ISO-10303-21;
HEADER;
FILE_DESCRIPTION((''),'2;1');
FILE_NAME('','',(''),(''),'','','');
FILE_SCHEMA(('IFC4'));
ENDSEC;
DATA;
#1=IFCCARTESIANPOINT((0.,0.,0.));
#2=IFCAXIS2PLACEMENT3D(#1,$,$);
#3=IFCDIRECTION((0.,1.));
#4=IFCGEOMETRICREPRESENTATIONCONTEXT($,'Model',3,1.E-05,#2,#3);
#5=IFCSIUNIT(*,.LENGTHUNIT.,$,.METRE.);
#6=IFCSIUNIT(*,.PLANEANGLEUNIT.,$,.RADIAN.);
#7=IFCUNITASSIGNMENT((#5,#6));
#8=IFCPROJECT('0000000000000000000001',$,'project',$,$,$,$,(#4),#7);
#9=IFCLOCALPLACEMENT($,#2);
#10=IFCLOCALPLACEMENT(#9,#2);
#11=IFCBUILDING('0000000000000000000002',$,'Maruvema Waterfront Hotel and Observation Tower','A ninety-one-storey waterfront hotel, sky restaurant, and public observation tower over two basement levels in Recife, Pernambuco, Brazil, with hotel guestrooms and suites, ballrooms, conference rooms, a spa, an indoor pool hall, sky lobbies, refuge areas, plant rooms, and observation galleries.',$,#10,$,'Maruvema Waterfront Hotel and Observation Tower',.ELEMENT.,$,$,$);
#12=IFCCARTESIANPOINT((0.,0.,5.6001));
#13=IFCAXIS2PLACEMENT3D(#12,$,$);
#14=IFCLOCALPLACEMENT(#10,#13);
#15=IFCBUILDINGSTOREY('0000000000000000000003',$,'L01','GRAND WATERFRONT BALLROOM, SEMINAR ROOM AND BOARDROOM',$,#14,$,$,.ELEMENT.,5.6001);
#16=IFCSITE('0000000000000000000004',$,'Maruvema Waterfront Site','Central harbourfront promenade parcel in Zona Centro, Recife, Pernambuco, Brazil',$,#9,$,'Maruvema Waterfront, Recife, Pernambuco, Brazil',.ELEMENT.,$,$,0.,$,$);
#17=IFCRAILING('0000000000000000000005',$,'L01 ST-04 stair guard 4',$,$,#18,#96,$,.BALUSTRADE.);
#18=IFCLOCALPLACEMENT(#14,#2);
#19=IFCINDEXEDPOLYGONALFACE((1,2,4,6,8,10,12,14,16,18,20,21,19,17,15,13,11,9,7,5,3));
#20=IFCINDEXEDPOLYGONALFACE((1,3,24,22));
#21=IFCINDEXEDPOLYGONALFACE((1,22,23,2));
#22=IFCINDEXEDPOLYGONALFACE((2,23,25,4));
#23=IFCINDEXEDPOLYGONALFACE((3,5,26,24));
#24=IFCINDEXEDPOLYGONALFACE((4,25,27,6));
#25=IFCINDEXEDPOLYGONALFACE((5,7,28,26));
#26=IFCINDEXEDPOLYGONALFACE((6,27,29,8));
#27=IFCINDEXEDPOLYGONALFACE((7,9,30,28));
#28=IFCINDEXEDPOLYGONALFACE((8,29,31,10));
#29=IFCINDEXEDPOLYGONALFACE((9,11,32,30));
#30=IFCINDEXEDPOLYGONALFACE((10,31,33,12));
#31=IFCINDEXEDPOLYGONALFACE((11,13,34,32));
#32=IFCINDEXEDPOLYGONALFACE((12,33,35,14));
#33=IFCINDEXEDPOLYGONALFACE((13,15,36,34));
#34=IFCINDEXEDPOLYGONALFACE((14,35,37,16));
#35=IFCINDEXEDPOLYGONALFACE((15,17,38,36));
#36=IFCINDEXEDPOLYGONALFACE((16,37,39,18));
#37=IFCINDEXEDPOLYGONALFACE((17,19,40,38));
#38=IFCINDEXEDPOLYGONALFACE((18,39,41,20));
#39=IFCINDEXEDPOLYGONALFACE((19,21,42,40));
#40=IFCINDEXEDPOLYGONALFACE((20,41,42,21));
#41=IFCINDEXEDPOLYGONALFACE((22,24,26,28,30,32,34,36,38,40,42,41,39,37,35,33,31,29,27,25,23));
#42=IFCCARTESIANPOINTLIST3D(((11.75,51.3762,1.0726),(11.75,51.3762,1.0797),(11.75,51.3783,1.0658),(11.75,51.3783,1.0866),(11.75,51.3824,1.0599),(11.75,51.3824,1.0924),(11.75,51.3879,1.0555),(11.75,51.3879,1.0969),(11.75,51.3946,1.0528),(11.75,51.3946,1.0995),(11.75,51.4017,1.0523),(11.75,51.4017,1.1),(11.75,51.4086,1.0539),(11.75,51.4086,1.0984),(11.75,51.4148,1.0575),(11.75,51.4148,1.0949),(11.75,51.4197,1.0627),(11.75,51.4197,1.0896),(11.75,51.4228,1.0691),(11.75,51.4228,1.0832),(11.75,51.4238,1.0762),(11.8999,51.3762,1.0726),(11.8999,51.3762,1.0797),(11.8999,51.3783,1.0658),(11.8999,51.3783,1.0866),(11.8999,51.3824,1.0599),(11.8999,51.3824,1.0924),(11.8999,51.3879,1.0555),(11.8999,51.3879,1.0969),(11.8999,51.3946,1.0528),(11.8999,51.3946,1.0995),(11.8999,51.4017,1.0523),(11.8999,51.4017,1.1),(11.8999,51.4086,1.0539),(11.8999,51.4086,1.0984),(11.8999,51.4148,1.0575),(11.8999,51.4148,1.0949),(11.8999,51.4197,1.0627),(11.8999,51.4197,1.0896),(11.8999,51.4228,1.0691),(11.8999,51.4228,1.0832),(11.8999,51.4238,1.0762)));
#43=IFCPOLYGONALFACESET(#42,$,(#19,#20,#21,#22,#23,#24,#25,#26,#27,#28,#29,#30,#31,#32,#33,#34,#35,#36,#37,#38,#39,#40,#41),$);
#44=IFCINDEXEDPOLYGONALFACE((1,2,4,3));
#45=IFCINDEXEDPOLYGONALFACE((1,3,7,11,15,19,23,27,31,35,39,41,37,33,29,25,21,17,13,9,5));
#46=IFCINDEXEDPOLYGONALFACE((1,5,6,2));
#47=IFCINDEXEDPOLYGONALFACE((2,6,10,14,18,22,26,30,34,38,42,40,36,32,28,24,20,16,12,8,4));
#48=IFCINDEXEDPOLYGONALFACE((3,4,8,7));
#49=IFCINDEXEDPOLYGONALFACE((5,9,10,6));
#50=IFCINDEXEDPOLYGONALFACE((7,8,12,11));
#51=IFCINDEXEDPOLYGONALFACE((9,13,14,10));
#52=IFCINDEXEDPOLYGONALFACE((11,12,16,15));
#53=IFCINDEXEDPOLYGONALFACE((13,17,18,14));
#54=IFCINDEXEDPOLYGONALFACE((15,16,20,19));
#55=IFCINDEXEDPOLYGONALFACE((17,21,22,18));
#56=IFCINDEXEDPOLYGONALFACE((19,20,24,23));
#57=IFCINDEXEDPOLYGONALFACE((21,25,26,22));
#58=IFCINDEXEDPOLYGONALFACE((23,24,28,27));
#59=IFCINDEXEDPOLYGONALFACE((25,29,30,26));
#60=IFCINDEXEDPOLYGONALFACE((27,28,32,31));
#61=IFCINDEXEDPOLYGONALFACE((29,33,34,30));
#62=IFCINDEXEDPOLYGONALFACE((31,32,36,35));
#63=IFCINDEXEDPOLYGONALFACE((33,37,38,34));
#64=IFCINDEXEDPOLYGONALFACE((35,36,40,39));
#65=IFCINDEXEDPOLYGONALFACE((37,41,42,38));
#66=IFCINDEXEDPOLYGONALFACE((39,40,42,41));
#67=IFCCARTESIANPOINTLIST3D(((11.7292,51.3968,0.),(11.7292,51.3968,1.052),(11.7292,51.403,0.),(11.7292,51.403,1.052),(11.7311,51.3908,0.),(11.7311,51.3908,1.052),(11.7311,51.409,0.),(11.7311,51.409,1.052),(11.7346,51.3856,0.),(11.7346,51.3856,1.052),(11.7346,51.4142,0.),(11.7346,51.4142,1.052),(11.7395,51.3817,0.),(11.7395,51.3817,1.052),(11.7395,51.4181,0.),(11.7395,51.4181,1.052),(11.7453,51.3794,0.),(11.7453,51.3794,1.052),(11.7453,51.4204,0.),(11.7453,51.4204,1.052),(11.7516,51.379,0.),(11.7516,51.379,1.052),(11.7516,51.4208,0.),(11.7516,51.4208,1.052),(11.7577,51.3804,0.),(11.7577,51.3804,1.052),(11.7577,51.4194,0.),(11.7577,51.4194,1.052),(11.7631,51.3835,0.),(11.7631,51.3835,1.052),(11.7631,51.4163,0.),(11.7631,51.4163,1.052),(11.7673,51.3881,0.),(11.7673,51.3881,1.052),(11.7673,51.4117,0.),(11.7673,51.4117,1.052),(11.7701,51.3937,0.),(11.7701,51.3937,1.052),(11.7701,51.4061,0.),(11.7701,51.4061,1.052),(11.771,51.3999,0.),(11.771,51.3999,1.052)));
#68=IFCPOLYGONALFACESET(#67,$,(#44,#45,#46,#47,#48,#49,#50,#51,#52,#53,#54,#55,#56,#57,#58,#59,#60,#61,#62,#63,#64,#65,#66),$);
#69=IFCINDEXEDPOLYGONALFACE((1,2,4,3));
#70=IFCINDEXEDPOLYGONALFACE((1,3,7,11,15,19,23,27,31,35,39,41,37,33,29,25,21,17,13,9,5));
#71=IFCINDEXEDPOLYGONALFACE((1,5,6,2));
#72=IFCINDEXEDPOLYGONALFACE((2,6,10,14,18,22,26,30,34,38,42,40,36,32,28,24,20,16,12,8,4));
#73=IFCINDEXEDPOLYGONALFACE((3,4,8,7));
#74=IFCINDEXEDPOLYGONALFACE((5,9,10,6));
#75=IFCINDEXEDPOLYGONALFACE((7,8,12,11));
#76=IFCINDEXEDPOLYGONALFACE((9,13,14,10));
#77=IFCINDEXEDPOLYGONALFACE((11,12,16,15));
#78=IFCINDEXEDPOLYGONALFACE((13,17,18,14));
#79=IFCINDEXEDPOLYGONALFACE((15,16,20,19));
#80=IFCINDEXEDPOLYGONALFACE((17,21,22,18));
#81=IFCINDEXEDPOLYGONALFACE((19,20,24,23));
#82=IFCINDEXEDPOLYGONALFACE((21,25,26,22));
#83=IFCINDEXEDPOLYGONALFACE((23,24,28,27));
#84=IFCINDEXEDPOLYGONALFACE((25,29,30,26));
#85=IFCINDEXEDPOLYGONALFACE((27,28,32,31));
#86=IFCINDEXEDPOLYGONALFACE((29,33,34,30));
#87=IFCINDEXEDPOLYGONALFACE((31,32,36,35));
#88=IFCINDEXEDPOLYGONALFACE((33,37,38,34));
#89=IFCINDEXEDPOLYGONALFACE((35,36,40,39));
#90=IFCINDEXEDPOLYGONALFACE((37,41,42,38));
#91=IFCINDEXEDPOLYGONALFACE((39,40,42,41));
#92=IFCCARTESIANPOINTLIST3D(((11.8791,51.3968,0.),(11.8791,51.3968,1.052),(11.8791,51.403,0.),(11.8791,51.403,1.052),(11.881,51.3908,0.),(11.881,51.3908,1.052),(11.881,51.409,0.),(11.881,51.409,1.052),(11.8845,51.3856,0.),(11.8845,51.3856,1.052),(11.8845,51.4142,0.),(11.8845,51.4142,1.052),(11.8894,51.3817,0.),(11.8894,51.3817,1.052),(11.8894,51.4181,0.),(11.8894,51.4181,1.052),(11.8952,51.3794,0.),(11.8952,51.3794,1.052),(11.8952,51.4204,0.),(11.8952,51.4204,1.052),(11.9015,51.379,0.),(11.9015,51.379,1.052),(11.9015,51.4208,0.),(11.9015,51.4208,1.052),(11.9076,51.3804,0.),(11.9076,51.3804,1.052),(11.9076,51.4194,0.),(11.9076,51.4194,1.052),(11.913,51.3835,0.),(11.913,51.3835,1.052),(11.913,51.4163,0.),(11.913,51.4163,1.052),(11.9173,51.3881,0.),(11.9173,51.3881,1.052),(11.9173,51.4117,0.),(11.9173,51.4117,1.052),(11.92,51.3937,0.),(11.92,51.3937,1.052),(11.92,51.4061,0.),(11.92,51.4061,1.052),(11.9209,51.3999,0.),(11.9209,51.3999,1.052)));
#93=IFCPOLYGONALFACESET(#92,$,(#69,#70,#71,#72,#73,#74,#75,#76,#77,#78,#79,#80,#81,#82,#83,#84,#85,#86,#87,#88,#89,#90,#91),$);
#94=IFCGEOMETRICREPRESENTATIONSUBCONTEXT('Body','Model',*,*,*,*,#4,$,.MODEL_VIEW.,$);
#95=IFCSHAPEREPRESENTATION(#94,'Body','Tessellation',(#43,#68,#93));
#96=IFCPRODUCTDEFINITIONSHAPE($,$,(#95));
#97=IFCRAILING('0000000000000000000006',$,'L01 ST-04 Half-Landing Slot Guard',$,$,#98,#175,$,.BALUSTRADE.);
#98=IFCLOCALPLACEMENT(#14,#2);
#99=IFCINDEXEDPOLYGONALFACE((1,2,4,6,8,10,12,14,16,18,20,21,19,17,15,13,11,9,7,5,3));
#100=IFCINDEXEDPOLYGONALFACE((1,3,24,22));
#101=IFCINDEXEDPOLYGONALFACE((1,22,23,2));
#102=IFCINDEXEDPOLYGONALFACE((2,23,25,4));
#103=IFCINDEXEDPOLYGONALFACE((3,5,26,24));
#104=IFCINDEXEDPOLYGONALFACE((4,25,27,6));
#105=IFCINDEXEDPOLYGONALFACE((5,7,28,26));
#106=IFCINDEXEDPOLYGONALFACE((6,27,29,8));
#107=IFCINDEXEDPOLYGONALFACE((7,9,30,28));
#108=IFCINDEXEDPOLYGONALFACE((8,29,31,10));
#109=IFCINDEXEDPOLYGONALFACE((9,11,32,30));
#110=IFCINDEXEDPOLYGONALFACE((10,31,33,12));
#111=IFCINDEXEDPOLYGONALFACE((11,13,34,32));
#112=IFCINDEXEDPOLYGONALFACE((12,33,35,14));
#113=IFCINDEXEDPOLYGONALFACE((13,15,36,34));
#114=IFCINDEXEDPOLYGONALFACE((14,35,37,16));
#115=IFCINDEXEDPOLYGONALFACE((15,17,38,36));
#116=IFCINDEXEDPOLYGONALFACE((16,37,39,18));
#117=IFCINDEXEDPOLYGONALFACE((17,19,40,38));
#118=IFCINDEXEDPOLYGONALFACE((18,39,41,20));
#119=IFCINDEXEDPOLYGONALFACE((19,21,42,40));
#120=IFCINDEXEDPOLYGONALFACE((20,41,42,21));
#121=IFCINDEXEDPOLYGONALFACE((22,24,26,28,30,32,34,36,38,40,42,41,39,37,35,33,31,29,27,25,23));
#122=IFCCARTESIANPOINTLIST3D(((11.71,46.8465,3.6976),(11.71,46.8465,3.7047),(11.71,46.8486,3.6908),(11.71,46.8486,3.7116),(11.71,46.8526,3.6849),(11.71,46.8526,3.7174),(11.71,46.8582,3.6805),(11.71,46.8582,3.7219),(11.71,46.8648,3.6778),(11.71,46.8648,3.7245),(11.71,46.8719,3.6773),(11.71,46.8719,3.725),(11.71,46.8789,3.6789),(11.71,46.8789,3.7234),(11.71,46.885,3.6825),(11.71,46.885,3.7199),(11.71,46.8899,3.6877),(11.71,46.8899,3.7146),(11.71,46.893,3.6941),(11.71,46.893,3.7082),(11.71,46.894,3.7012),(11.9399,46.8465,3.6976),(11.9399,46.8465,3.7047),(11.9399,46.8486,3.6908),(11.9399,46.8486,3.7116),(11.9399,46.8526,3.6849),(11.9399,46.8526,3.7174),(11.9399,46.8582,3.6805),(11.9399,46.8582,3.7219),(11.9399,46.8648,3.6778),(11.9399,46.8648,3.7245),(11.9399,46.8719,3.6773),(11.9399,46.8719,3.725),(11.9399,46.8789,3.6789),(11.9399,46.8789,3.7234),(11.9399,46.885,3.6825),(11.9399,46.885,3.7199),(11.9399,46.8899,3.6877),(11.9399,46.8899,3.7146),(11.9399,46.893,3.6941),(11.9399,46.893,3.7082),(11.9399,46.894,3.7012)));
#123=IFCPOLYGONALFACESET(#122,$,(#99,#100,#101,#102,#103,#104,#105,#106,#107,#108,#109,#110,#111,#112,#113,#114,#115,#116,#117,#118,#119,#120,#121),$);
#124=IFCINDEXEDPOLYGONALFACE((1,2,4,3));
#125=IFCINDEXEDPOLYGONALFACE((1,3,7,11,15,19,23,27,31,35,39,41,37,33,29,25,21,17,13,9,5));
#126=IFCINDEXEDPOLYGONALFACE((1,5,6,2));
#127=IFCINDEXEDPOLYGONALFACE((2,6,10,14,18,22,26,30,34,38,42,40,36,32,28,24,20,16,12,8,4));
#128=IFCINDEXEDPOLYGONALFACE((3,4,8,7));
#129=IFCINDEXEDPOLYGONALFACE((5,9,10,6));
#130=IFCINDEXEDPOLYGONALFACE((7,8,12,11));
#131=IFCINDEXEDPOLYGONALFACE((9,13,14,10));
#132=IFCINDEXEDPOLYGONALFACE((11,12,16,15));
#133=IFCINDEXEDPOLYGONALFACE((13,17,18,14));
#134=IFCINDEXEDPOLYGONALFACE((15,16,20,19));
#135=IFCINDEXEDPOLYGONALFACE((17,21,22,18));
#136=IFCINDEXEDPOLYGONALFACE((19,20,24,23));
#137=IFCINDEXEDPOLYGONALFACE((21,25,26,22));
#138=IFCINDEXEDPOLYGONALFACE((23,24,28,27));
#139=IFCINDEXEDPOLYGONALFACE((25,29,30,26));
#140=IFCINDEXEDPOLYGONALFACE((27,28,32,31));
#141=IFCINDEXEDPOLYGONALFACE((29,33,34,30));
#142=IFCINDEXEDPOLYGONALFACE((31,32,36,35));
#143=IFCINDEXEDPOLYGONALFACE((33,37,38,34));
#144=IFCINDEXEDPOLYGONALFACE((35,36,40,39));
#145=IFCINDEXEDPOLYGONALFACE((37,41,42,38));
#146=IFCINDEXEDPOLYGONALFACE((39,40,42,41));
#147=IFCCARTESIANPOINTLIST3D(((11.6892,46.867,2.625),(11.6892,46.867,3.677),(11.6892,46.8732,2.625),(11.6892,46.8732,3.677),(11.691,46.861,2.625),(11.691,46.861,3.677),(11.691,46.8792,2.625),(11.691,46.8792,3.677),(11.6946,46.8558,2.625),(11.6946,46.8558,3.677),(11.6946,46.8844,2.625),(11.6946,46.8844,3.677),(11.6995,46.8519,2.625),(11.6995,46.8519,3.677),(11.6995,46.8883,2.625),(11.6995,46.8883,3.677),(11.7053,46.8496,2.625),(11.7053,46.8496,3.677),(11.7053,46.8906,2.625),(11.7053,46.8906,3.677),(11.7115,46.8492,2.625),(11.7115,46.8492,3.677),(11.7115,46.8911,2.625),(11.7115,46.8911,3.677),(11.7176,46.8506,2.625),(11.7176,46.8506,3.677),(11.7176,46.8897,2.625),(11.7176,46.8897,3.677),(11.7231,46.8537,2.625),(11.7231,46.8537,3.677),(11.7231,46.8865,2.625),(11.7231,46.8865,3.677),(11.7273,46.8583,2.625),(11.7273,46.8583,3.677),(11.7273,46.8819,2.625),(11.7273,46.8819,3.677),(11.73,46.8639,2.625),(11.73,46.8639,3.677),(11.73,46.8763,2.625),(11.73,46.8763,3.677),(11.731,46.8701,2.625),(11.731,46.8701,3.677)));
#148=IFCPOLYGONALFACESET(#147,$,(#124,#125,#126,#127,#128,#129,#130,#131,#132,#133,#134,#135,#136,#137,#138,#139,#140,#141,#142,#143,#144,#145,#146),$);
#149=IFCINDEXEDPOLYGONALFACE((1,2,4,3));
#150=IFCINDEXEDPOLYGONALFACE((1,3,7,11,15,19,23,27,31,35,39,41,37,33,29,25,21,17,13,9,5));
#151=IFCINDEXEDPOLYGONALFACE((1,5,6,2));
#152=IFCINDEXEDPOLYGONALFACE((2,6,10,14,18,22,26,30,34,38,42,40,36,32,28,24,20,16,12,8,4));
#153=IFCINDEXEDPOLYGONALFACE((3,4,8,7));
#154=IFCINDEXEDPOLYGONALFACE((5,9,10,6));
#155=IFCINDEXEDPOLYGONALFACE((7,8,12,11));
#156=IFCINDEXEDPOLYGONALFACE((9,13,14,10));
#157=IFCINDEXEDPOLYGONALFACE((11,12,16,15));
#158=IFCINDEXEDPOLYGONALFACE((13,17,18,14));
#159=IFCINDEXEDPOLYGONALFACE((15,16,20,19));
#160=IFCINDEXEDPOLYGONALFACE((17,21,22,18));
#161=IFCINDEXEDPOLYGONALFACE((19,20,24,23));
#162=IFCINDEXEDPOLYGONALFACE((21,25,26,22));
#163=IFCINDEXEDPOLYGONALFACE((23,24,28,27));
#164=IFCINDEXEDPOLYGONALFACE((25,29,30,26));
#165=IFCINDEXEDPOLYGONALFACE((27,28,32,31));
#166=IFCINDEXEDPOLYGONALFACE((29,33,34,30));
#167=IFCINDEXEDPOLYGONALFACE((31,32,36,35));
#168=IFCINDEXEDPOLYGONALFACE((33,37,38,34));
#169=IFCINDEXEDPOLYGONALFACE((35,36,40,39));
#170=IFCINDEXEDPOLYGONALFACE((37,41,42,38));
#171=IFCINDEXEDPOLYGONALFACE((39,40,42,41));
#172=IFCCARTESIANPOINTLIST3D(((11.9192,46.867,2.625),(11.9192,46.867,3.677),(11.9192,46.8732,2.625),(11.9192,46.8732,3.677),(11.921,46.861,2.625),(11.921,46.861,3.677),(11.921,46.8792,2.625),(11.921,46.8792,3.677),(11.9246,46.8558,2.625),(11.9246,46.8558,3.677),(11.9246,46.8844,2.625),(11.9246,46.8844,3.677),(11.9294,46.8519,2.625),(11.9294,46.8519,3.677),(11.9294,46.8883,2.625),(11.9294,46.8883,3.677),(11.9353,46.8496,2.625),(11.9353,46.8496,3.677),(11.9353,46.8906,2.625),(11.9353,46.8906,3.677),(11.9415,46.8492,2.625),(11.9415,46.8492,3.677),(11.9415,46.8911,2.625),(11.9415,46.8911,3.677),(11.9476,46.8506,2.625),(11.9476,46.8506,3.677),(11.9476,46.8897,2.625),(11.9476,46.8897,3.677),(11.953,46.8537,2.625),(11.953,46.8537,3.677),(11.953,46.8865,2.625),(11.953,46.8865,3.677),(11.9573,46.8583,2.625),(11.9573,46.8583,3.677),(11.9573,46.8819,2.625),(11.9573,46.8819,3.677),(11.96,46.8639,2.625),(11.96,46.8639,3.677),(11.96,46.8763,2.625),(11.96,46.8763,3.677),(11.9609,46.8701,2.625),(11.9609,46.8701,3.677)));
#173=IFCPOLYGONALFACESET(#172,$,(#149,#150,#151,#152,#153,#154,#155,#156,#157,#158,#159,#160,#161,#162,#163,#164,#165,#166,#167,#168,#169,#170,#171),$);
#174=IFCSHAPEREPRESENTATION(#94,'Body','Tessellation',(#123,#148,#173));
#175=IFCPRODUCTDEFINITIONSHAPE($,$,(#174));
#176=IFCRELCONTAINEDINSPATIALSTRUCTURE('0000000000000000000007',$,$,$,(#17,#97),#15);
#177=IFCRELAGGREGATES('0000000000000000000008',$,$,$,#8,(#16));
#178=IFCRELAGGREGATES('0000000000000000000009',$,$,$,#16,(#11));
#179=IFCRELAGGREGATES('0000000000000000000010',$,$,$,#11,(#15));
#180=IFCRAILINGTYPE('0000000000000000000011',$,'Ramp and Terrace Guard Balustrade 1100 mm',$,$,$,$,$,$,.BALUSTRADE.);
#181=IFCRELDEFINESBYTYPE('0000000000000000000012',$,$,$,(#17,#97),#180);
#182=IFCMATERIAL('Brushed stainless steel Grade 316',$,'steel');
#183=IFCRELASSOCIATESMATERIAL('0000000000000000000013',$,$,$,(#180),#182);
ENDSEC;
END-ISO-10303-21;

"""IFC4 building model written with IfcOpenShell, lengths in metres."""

from ifc_helpers import new_model, si_unit, direction, frame, origin, origin_2d, place, context, subcontext, project, spatial, circle, extrude, material, type_object, element, save


model = new_model("IFC4")

# Units and contexts
model_context = context("Model", 3, precision=1e-05, world=origin(), true_north=direction((0.0, 1.0)))
body_context = subcontext(model_context, "Body", "Model", "MODEL_VIEW")
ifc_project = project(units=[si_unit("LENGTHUNIT", "METRE"), si_unit("PLANEANGLEUNIT", "RADIAN")], contexts=[model_context])

# Site, building, storey
site_placement = place(None, origin())
site = spatial("IfcSite", under=ifc_project, at=site_placement, Name="Maruvema Waterfront Site", Description="Central harbourfront promenade parcel in Zona Centro, Recife, Pernambuco, Brazil", LongName="Maruvema Waterfront, Recife, Pernambuco, Brazil", CompositionType="ELEMENT", RefElevation=0.0)
building_placement = place(site_placement, origin())
building = spatial("IfcBuilding", under=site, at=building_placement, Name="Maruvema Waterfront Hotel and Observation Tower", Description="A ninety-one-storey waterfront hotel, sky restaurant, and public observation tower over two basement levels in Recife, Pernambuco, Brazil, with hotel guestrooms and suites, ballrooms, conference rooms, a spa, an indoor pool hall, sky lobbies, refuge areas, plant rooms, and observation galleries.", LongName="Maruvema Waterfront Hotel and Observation Tower", CompositionType="ELEMENT")
storey_placement = place(building_placement, frame((0.0, 0.0, 5.6001)))
storey = spatial("IfcBuildingStorey", under=building, at=storey_placement, Name="L01", Description="GRAND WATERFRONT BALLROOM, SEMINAR ROOM AND BOARDROOM", CompositionType="ELEMENT", Elevation=5.6001)

# Railings
ifc_material_1 = material(Name="Brushed stainless steel Grade 316", Category="steel")
railing_type_1 = type_object("IfcRailingType", Name="Ramp and Terrace Guard Balustrade 1100 mm", PredefinedType="BALUSTRADE", material=ifc_material_1)
railing_1_placement = place(storey_placement, frame((11.75, 51.3999, 0.0)))
element("IfcRailing", 1, at=railing_1_placement, inside=storey, type_object=railing_type_1, Name="L01 ST-04 stair guard 4", PredefinedType="BALUSTRADE", context=body_context, shape_type="SweptSolid", body=[
    extrude(circle(Radius=0.0239, at=origin_2d()), frame((0.0, 0.0, 1.0762), z_axis=(1.0, 0.0, 0.0), x_axis=(0.0, 1.0, 0.0)), (0.0, 0.0, 1.0), 0.1499),
    extrude(circle(Radius=0.021, at=origin_2d()), origin(), (0.0, 0.0, 1.0), 1.052),
    extrude(circle(Radius=0.021, at=origin_2d()), frame((0.1499, 0.0, 0.0)), (0.0, 0.0, 1.0), 1.052),
])
railing_2_placement = place(storey_placement, frame((11.71, 46.8701, 2.625)))
element("IfcRailing", 2, at=railing_2_placement, inside=storey, type_object=railing_type_1, Name="L01 ST-04 Half-Landing Slot Guard", PredefinedType="BALUSTRADE", context=body_context, shape_type="SweptSolid", body=[
    extrude(circle(Radius=0.0239, at=origin_2d()), frame((0.0, 0.0, 1.0762), z_axis=(1.0, 0.0, 0.0), x_axis=(0.0, 1.0, 0.0)), (0.0, 0.0, 1.0), 0.23),
    extrude(circle(Radius=0.021, at=origin_2d()), origin(), (0.0, 0.0, 1.0), 1.052),
    extrude(circle(Radius=0.021, at=origin_2d()), frame((0.23, 0.0, 0.0)), (0.0, 0.0, 1.0), 1.052),
])

save(model, "model.ifc")
